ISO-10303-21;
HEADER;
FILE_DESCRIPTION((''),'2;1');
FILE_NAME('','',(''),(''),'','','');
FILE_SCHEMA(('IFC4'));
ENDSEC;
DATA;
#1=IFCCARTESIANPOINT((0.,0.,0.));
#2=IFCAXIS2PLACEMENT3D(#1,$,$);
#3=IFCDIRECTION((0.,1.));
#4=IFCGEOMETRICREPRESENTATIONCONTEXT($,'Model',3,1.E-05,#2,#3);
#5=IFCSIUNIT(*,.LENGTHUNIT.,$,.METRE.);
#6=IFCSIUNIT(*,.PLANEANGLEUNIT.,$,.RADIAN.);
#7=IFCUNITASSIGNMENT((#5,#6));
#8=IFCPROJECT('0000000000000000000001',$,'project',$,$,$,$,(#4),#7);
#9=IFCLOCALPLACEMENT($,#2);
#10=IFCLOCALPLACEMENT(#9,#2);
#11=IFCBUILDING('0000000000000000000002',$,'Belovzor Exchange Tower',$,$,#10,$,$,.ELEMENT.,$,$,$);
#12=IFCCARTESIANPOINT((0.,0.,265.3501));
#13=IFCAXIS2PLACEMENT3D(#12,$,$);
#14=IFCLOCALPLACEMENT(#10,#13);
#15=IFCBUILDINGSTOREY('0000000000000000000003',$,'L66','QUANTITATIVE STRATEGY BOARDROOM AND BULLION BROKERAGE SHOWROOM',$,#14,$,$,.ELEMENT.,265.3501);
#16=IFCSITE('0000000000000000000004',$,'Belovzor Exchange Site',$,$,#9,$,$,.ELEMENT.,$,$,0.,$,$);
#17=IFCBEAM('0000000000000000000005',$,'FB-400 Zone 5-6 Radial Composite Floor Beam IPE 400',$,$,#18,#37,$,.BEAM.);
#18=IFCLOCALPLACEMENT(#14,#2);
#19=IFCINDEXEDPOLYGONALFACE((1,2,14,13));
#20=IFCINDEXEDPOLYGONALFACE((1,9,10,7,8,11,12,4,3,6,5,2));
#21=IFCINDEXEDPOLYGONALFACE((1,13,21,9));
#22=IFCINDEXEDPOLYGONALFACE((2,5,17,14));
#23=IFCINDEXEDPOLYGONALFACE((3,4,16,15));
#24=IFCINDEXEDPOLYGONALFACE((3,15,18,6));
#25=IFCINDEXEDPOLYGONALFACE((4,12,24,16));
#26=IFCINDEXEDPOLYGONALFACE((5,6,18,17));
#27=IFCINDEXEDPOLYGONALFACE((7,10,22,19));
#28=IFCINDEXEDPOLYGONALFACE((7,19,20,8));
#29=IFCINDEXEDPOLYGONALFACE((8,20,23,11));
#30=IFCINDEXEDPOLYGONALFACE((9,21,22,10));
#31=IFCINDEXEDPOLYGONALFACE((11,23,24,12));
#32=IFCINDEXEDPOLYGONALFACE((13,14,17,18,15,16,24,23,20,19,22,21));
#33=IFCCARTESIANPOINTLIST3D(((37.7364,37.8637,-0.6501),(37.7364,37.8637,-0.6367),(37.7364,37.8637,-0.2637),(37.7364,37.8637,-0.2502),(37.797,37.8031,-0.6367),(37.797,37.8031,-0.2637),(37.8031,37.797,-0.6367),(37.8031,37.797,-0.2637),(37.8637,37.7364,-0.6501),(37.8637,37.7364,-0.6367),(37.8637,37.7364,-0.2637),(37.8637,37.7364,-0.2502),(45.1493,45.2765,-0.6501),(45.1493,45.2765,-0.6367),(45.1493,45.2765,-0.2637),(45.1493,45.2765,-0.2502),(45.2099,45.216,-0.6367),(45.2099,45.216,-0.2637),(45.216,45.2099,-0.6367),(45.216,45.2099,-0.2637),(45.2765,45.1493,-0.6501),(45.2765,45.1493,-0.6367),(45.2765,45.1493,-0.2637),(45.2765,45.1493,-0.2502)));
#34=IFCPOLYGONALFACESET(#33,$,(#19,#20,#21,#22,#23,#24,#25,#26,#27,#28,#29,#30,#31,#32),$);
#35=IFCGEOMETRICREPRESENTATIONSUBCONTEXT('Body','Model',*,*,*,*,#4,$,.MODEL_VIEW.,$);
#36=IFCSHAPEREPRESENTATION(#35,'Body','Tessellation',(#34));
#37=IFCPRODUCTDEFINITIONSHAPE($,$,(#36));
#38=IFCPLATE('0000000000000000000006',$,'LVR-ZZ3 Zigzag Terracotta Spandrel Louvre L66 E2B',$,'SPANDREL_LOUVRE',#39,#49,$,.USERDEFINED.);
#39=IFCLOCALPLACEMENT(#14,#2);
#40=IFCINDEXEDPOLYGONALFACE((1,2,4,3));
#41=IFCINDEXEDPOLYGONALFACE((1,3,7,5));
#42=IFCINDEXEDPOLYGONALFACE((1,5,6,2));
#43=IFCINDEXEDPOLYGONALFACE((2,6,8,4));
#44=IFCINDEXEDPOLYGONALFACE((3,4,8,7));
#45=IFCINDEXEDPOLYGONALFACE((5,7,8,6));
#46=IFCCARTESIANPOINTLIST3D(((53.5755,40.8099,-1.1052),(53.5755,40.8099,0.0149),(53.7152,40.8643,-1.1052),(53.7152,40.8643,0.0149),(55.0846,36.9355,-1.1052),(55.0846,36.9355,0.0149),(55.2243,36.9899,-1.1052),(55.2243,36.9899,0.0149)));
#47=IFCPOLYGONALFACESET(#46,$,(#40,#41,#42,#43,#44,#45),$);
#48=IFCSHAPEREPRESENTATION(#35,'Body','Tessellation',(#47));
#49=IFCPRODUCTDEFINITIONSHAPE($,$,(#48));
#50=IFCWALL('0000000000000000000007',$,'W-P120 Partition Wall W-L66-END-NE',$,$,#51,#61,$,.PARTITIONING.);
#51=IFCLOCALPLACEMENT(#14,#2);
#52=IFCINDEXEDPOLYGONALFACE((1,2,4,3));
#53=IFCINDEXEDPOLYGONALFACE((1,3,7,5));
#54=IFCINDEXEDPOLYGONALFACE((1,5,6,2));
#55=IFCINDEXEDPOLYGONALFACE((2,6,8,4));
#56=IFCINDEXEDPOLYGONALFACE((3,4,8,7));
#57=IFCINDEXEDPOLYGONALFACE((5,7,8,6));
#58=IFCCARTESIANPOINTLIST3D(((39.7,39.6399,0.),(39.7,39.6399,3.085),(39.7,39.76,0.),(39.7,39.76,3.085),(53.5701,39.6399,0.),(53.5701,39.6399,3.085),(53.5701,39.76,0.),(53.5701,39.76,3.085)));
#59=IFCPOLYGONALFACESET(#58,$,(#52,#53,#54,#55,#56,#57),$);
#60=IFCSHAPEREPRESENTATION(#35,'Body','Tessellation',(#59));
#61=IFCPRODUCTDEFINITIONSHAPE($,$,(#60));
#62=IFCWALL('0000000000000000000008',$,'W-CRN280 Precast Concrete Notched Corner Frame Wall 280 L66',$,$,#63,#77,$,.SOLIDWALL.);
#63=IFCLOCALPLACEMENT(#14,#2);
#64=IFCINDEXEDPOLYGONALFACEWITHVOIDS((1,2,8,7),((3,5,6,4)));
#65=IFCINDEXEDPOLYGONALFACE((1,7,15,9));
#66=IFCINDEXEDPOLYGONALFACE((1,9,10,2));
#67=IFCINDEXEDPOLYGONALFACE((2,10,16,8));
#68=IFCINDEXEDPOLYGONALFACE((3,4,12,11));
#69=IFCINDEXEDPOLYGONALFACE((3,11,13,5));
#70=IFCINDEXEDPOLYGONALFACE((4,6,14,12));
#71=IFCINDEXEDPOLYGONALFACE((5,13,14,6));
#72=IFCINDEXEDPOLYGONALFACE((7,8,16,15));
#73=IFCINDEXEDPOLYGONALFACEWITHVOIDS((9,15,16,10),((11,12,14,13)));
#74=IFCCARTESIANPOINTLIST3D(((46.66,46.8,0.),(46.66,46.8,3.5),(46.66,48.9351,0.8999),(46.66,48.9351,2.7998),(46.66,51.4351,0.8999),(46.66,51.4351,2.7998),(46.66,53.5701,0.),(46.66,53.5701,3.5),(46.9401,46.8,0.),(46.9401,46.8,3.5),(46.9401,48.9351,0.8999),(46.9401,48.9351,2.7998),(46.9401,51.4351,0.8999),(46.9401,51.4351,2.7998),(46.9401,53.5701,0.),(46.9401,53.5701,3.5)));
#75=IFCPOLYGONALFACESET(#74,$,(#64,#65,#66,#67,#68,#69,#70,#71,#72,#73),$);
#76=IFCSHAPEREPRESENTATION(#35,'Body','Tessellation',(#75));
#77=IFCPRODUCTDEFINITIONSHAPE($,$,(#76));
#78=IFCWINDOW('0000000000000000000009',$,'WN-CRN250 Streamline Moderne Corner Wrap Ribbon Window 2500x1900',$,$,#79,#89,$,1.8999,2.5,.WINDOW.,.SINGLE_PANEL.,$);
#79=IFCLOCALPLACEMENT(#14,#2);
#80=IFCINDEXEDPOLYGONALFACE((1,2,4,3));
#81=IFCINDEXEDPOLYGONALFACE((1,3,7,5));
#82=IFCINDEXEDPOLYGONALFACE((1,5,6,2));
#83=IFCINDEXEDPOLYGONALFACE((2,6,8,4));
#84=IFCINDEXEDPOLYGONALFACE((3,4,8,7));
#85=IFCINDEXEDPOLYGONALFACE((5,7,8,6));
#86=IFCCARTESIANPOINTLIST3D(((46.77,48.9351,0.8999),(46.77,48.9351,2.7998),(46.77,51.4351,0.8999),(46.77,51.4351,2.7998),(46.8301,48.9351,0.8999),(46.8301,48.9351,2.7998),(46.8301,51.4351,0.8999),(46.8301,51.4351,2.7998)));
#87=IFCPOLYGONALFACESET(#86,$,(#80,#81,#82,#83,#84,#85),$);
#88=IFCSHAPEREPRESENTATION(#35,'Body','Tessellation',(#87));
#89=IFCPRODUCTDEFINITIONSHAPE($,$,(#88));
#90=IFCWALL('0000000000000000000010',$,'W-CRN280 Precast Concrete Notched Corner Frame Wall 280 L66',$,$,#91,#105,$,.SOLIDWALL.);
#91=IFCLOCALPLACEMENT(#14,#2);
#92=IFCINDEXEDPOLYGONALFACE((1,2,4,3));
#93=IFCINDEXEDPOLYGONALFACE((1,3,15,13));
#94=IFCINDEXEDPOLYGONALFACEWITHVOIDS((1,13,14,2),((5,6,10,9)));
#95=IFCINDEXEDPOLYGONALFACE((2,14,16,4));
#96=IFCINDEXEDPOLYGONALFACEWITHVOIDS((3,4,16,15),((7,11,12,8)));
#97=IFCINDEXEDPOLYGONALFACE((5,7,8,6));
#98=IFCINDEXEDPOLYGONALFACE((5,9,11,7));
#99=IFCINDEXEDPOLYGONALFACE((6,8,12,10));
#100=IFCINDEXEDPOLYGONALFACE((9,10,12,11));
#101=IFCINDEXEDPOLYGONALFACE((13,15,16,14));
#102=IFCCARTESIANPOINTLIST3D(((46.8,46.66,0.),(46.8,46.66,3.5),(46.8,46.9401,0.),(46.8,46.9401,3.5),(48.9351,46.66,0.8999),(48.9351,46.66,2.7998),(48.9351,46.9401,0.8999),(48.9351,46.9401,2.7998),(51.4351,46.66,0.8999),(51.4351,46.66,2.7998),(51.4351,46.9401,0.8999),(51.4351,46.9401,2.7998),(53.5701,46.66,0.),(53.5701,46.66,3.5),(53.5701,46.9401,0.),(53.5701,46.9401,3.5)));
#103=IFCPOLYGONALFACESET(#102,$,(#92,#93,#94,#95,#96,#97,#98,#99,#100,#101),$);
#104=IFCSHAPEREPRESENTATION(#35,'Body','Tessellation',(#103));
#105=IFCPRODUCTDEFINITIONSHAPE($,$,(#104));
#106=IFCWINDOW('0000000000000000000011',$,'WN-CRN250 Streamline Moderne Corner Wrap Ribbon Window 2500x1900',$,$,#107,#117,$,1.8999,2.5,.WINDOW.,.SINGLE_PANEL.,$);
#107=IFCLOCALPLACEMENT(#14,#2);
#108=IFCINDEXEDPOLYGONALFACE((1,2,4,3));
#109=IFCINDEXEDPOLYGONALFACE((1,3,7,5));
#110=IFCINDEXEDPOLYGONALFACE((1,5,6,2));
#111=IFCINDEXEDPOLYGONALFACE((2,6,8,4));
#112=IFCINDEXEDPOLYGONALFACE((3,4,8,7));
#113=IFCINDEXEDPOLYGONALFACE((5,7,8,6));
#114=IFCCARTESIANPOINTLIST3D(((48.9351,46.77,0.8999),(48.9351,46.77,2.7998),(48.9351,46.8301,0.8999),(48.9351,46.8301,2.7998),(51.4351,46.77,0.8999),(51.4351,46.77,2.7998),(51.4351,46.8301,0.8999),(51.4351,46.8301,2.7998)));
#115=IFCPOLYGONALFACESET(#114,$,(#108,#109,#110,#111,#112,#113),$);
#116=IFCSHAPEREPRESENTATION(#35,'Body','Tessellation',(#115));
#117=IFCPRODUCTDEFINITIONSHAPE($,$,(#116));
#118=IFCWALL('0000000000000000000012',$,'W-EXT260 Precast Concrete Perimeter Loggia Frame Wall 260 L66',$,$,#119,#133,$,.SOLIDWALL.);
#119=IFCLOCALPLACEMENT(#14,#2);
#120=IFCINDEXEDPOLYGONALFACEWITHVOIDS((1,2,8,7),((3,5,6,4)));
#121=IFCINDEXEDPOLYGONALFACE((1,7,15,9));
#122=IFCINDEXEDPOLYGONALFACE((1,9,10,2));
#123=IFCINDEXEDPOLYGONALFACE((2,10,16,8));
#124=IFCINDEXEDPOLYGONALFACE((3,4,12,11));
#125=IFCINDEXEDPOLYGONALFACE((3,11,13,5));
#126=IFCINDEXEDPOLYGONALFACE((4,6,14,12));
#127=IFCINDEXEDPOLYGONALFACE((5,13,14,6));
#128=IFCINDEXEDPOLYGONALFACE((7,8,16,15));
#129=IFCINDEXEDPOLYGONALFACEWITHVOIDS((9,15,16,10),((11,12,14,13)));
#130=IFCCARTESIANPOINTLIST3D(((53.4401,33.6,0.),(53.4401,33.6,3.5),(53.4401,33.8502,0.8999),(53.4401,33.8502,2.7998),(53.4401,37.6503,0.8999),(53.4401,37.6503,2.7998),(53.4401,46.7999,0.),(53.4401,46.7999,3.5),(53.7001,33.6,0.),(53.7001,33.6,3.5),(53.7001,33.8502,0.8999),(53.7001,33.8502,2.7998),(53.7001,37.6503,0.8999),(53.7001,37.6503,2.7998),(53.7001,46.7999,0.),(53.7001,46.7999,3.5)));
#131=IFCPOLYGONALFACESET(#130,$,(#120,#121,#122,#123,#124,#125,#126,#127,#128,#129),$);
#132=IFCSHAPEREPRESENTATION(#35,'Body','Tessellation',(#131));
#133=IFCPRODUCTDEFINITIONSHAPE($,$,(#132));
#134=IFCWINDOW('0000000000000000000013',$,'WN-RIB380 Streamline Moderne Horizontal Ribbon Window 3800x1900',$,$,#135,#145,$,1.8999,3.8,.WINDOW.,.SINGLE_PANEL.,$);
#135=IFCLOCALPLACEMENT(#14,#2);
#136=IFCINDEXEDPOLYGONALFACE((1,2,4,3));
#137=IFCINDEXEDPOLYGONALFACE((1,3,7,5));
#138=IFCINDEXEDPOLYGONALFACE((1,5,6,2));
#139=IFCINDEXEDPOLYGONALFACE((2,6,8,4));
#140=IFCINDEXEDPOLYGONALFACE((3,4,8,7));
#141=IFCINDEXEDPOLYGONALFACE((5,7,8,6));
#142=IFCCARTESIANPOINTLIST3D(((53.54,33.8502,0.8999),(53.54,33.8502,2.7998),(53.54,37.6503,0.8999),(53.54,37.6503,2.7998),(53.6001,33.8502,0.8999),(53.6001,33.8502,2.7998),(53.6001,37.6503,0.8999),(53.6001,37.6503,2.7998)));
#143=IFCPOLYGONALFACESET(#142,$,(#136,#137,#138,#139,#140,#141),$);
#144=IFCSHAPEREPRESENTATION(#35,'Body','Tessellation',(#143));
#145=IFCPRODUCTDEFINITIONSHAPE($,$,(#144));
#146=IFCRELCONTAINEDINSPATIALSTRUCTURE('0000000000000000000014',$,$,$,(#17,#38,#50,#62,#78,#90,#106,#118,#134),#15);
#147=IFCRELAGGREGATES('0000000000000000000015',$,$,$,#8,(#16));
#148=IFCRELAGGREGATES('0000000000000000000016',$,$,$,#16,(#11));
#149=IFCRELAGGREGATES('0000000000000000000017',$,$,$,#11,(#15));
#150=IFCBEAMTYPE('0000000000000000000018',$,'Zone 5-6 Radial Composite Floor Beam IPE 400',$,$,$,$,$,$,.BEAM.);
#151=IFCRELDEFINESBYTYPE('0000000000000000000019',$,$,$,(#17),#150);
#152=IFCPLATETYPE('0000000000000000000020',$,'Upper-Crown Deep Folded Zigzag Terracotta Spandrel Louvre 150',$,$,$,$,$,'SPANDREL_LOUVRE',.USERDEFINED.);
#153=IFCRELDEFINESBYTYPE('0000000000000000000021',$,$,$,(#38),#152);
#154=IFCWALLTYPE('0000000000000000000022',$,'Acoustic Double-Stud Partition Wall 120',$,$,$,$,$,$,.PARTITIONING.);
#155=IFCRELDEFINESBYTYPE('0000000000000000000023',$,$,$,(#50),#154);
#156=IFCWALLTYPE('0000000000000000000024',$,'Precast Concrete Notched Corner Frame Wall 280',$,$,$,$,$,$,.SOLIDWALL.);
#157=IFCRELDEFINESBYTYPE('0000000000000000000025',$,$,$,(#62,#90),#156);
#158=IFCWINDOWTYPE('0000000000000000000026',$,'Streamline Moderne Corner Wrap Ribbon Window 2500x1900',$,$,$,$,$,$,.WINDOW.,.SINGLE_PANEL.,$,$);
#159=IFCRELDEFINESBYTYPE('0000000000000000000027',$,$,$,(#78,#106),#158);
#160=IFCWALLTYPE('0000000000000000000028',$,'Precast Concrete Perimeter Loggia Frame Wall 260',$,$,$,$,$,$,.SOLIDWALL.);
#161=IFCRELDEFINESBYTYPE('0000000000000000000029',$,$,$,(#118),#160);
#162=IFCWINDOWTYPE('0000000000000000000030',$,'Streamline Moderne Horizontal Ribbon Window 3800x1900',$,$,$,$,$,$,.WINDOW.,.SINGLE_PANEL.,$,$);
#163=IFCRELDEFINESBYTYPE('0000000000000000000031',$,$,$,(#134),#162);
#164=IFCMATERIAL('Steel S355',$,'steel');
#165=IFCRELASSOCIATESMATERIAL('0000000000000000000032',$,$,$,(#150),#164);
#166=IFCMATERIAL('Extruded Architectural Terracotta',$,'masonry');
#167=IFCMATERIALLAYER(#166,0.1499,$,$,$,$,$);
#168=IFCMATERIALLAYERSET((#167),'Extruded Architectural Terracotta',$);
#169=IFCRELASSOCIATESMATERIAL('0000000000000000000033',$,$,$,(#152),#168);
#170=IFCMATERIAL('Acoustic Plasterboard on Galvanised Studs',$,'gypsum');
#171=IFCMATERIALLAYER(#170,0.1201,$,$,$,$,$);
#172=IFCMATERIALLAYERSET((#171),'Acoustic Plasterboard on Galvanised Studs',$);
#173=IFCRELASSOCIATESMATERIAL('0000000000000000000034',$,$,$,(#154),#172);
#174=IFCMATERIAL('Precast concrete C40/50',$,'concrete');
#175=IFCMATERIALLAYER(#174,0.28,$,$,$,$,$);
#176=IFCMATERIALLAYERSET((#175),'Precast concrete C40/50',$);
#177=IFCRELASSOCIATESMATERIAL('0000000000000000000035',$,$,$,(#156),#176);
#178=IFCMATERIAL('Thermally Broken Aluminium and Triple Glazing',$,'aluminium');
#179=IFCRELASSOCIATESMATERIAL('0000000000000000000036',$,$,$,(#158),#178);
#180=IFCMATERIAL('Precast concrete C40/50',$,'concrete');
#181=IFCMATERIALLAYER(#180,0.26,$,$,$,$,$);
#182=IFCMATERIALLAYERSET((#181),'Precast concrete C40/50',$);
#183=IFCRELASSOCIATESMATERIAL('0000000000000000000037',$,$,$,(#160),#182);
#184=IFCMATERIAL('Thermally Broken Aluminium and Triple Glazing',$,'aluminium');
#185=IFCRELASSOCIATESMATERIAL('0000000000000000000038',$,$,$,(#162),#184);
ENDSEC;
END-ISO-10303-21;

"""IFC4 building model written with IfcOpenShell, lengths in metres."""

from ifc_helpers import new_model, si_unit, direction, frame, frame_2d, origin, origin_2d, place, context, subcontext, project, spatial, rectangle, i_section, extrude, material, layer, layer_set, material_profile, profile_set, type_object, element, fill, save


model = new_model("IFC4")

# Units and contexts
model_context = context("Model", 3, precision=1e-05, world=origin(), true_north=direction((0.0, 1.0)))
body_context = subcontext(model_context, "Body", "Model", "MODEL_VIEW")
ifc_project = project(units=[si_unit("LENGTHUNIT", "METRE"), si_unit("PLANEANGLEUNIT", "RADIAN")], contexts=[model_context])

# Site, building, storey
site_placement = place(None, origin())
site = spatial("IfcSite", under=ifc_project, at=site_placement, Name="Belovzor Exchange Site", CompositionType="ELEMENT", RefElevation=0.0)
building_placement = place(site_placement, origin())
building = spatial("IfcBuilding", under=site, at=building_placement, Name="Belovzor Exchange Tower", CompositionType="ELEMENT")
storey_placement = place(building_placement, frame((0.0, 0.0, 265.3501)))
storey = spatial("IfcBuildingStorey", under=building, at=storey_placement, Name="L66", Description="QUANTITATIVE STRATEGY BOARDROOM AND BULLION BROKERAGE SHOWROOM", CompositionType="ELEMENT", Elevation=265.3501)

# Beam
ifc_material_1 = material(Name="Steel S355", Category="steel")
ifc_material_profile_1 = material_profile(ifc_material_1, i_section(OverallWidth=0.1799, OverallDepth=0.3999, WebThickness=0.0085, FlangeThickness=0.0134, at=origin_2d()))
ifc_profile_set_1 = profile_set([ifc_material_profile_1], Name="Steel S355")
beam_type_1 = type_object("IfcBeamType", Name="Zone 5-6 Radial Composite Floor Beam IPE 400", PredefinedType="BEAM", material=ifc_profile_set_1)
beam_1_placement = place(storey_placement, frame((37.8, 37.8, -0.4502), z_axis=(0.707107, 0.707107, 0.0), x_axis=(-0.707107, 0.707107, 0.0)))
element("IfcBeam", 1, at=beam_1_placement, inside=storey, type_object=beam_type_1, Name="FB-400 Zone 5-6 Radial Composite Floor Beam IPE 400", PredefinedType="BEAM", context=body_context, shape_type="SweptSolid", body=[
    extrude(i_section(OverallWidth=0.1799, OverallDepth=0.3999, WebThickness=0.0085, FlangeThickness=0.0134, at=origin_2d()), origin(), (0.0, 0.0, 1.0), 10.4834),
])

# Plate
ifc_material_2 = material(Name="Extruded Architectural Terracotta", Category="masonry")
ifc_layer_1 = layer(ifc_material_2, 0.1499)
ifc_layer_set_1 = layer_set([ifc_layer_1], Name="Extruded Architectural Terracotta")
plate_type = type_object("IfcPlateType", Name="Upper-Crown Deep Folded Zigzag Terracotta Spandrel Louvre 150", ElementType="SPANDREL_LOUVRE", PredefinedType="USERDEFINED", material=ifc_layer_set_1)
plate_placement = place(storey_placement, frame((54.3999, 38.8999, -1.1052), z_axis=(0.0, 0.0, 1.0), x_axis=(-0.362926, 0.931818, 0.0)))
element("IfcPlate", 2, at=plate_placement, inside=storey, type_object=plate_type, Name="LVR-ZZ3 Zigzag Terracotta Spandrel Louvre L66 E2B", ObjectType="SPANDREL_LOUVRE", PredefinedType="USERDEFINED", context=body_context, shape_type="SweptSolid", body=[
    extrude(rectangle(XDim=4.158, YDim=0.1499, at=origin_2d()), origin(), (0.0, 0.0, 1.0), 1.1201),
])

# Wall
ifc_material_3 = material(Name="Acoustic Plasterboard on Galvanised Studs", Category="gypsum")
ifc_layer_2 = layer(ifc_material_3, 0.1201)
ifc_layer_set_2 = layer_set([ifc_layer_2], Name="Acoustic Plasterboard on Galvanised Studs")
wall_type_1 = type_object("IfcWallType", Name="Acoustic Double-Stud Partition Wall 120", PredefinedType="PARTITIONING", material=ifc_layer_set_2)
wall_1_placement = place(storey_placement, frame((39.7, 39.7, 0.0), z_axis=(0.0, 0.0, 1.0), x_axis=(1.0, 0.0, 0.0)))
element("IfcWall", 3, at=wall_1_placement, inside=storey, type_object=wall_type_1, Name="W-P120 Partition Wall W-L66-END-NE", PredefinedType="PARTITIONING", context=body_context, shape_type="SweptSolid", body=[
    extrude(rectangle(XDim=13.8701, YDim=0.1201, at=frame_2d((6.9351, 0.0))), origin(), (0.0, 0.0, 1.0), 3.085),
])

# Walls, openings, windows
ifc_material_4 = material(Name="Precast concrete C40/50", Category="concrete")
ifc_layer_3 = layer(ifc_material_4, 0.28)
ifc_layer_set_3 = layer_set([ifc_layer_3], Name="Precast concrete C40/50")
wall_type_2 = type_object("IfcWallType", Name="Precast Concrete Notched Corner Frame Wall 280", PredefinedType="SOLIDWALL", material=ifc_layer_set_3)
wall_2_placement = place(storey_placement, frame((46.8, 53.5701, 0.0), z_axis=(0.0, 0.0, 1.0), x_axis=(0.0, -1.0, 0.0)))
wall_2 = element("IfcWall", 4, at=wall_2_placement, inside=storey, type_object=wall_type_2, Name="W-CRN280 Precast Concrete Notched Corner Frame Wall 280 L66", PredefinedType="SOLIDWALL", context=body_context, shape_type="SweptSolid", body=[
    extrude(rectangle(XDim=6.77, YDim=0.28, at=frame_2d((3.385, 0.0))), origin(), (0.0, 0.0, 1.0), 3.5),
])
opening_1_placement = place(wall_2_placement, frame((2.135, 0.0, 0.8999)))
opening_1 = element("IfcOpeningElement", 5, at=opening_1_placement, cuts=wall_2, PredefinedType="OPENING", context=body_context, shape_type="SweptSolid", body=[
    extrude(rectangle(XDim=2.5, YDim=1.8999, at=frame_2d((1.25, 0.95))), frame((0.0, 0.1499, 0.0), z_axis=(0.0, -1.0, 0.0), x_axis=(1.0, 0.0, 0.0)), (0.0, 0.0, 1.0), 0.3),
])
ifc_material_5 = material(Name="Thermally Broken Aluminium and Triple Glazing", Category="aluminium")
window_type_1 = type_object("IfcWindowType", Name="Streamline Moderne Corner Wrap Ribbon Window 2500x1900", PartitioningType="SINGLE_PANEL", PredefinedType="WINDOW", material=ifc_material_5)
window_1_placement = place(opening_1_placement, origin())
window_1 = element("IfcWindow", 6, at=window_1_placement, inside=storey, type_object=window_type_1, Name="WN-CRN250 Streamline Moderne Corner Wrap Ribbon Window 2500x1900", OverallHeight=1.8999, OverallWidth=2.5, PartitioningType="SINGLE_PANEL", PredefinedType="WINDOW", context=body_context, shape_type="SweptSolid", body=[
    extrude(rectangle(XDim=2.5, YDim=1.8999, at=frame_2d((1.25, 0.95))), frame((0.0, 0.03, 0.0), z_axis=(0.0, -1.0, 0.0), x_axis=(1.0, 0.0, 0.0)), (0.0, 0.0, 1.0), 0.0601),
])
fill(opening_1, window_1)
wall_3_placement = place(storey_placement, frame((46.8, 46.8, 0.0), z_axis=(0.0, 0.0, 1.0), x_axis=(1.0, 0.0, 0.0)))
wall_3 = element("IfcWall", 7, at=wall_3_placement, inside=storey, type_object=wall_type_2, Name="W-CRN280 Precast Concrete Notched Corner Frame Wall 280 L66", PredefinedType="SOLIDWALL", context=body_context, shape_type="SweptSolid", body=[
    extrude(rectangle(XDim=6.77, YDim=0.28, at=frame_2d((3.385, 0.0))), origin(), (0.0, 0.0, 1.0), 3.5),
])
opening_2_placement = place(wall_3_placement, frame((2.135, 0.0, 0.8999)))
opening_2 = element("IfcOpeningElement", 8, at=opening_2_placement, cuts=wall_3, PredefinedType="OPENING", context=body_context, shape_type="SweptSolid", body=[
    extrude(rectangle(XDim=2.5, YDim=1.8999, at=frame_2d((1.25, 0.95))), frame((0.0, 0.1499, 0.0), z_axis=(0.0, -1.0, 0.0), x_axis=(1.0, 0.0, 0.0)), (0.0, 0.0, 1.0), 0.3),
])
window_2_placement = place(opening_2_placement, origin())
window_2 = element("IfcWindow", 9, at=window_2_placement, inside=storey, type_object=window_type_1, Name="WN-CRN250 Streamline Moderne Corner Wrap Ribbon Window 2500x1900", OverallHeight=1.8999, OverallWidth=2.5, PartitioningType="SINGLE_PANEL", PredefinedType="WINDOW", context=body_context, shape_type="SweptSolid", body=[
    extrude(rectangle(XDim=2.5, YDim=1.8999, at=frame_2d((1.25, 0.95))), frame((0.0, 0.03, 0.0), z_axis=(0.0, -1.0, 0.0), x_axis=(1.0, 0.0, 0.0)), (0.0, 0.0, 1.0), 0.0601),
])
fill(opening_2, window_2)
ifc_material_6 = material(Name="Precast concrete C40/50", Category="concrete")
ifc_layer_4 = layer(ifc_material_6, 0.26)
ifc_layer_set_4 = layer_set([ifc_layer_4], Name="Precast concrete C40/50")
wall_type_3 = type_object("IfcWallType", Name="Precast Concrete Perimeter Loggia Frame Wall 260", PredefinedType="SOLIDWALL", material=ifc_layer_set_4)
wall_4_placement = place(storey_placement, frame((53.5701, 46.8, 0.0), z_axis=(0.0, 0.0, 1.0), x_axis=(0.0, -1.0, 0.0)))
wall_4 = element("IfcWall", 10, at=wall_4_placement, inside=storey, type_object=wall_type_3, Name="W-EXT260 Precast Concrete Perimeter Loggia Frame Wall 260 L66", PredefinedType="SOLIDWALL", context=body_context, shape_type="SweptSolid", body=[
    extrude(rectangle(XDim=13.2, YDim=0.26, at=frame_2d((6.6001, 0.0))), origin(), (0.0, 0.0, 1.0), 3.5),
])
opening_3_placement = place(wall_4_placement, frame((9.1499, 0.0, 0.8999)))
opening_3 = element("IfcOpeningElement", 11, at=opening_3_placement, cuts=wall_4, PredefinedType="OPENING", context=body_context, shape_type="SweptSolid", body=[
    extrude(rectangle(XDim=3.8, YDim=1.8999, at=frame_2d((1.8999, 0.95))), frame((0.0, 0.1399, 0.0), z_axis=(0.0, -1.0, 0.0), x_axis=(1.0, 0.0, 0.0)), (0.0, 0.0, 1.0), 0.28),
])
ifc_material_7 = material(Name="Thermally Broken Aluminium and Triple Glazing", Category="aluminium")
window_type_2 = type_object("IfcWindowType", Name="Streamline Moderne Horizontal Ribbon Window 3800x1900", PartitioningType="SINGLE_PANEL", PredefinedType="WINDOW", material=ifc_material_7)
window_3_placement = place(opening_3_placement, origin())
window_3 = element("IfcWindow", 12, at=window_3_placement, inside=storey, type_object=window_type_2, Name="WN-RIB380 Streamline Moderne Horizontal Ribbon Window 3800x1900", OverallHeight=1.8999, OverallWidth=3.8, PartitioningType="SINGLE_PANEL", PredefinedType="WINDOW", context=body_context, shape_type="SweptSolid", body=[
    extrude(rectangle(XDim=3.8, YDim=1.8999, at=frame_2d((1.8999, 0.95))), frame((0.0, 0.03, 0.0), z_axis=(0.0, -1.0, 0.0), x_axis=(1.0, 0.0, 0.0)), (0.0, 0.0, 1.0), 0.0601),
])
fill(opening_3, window_3)

save(model, "model.ifc")
